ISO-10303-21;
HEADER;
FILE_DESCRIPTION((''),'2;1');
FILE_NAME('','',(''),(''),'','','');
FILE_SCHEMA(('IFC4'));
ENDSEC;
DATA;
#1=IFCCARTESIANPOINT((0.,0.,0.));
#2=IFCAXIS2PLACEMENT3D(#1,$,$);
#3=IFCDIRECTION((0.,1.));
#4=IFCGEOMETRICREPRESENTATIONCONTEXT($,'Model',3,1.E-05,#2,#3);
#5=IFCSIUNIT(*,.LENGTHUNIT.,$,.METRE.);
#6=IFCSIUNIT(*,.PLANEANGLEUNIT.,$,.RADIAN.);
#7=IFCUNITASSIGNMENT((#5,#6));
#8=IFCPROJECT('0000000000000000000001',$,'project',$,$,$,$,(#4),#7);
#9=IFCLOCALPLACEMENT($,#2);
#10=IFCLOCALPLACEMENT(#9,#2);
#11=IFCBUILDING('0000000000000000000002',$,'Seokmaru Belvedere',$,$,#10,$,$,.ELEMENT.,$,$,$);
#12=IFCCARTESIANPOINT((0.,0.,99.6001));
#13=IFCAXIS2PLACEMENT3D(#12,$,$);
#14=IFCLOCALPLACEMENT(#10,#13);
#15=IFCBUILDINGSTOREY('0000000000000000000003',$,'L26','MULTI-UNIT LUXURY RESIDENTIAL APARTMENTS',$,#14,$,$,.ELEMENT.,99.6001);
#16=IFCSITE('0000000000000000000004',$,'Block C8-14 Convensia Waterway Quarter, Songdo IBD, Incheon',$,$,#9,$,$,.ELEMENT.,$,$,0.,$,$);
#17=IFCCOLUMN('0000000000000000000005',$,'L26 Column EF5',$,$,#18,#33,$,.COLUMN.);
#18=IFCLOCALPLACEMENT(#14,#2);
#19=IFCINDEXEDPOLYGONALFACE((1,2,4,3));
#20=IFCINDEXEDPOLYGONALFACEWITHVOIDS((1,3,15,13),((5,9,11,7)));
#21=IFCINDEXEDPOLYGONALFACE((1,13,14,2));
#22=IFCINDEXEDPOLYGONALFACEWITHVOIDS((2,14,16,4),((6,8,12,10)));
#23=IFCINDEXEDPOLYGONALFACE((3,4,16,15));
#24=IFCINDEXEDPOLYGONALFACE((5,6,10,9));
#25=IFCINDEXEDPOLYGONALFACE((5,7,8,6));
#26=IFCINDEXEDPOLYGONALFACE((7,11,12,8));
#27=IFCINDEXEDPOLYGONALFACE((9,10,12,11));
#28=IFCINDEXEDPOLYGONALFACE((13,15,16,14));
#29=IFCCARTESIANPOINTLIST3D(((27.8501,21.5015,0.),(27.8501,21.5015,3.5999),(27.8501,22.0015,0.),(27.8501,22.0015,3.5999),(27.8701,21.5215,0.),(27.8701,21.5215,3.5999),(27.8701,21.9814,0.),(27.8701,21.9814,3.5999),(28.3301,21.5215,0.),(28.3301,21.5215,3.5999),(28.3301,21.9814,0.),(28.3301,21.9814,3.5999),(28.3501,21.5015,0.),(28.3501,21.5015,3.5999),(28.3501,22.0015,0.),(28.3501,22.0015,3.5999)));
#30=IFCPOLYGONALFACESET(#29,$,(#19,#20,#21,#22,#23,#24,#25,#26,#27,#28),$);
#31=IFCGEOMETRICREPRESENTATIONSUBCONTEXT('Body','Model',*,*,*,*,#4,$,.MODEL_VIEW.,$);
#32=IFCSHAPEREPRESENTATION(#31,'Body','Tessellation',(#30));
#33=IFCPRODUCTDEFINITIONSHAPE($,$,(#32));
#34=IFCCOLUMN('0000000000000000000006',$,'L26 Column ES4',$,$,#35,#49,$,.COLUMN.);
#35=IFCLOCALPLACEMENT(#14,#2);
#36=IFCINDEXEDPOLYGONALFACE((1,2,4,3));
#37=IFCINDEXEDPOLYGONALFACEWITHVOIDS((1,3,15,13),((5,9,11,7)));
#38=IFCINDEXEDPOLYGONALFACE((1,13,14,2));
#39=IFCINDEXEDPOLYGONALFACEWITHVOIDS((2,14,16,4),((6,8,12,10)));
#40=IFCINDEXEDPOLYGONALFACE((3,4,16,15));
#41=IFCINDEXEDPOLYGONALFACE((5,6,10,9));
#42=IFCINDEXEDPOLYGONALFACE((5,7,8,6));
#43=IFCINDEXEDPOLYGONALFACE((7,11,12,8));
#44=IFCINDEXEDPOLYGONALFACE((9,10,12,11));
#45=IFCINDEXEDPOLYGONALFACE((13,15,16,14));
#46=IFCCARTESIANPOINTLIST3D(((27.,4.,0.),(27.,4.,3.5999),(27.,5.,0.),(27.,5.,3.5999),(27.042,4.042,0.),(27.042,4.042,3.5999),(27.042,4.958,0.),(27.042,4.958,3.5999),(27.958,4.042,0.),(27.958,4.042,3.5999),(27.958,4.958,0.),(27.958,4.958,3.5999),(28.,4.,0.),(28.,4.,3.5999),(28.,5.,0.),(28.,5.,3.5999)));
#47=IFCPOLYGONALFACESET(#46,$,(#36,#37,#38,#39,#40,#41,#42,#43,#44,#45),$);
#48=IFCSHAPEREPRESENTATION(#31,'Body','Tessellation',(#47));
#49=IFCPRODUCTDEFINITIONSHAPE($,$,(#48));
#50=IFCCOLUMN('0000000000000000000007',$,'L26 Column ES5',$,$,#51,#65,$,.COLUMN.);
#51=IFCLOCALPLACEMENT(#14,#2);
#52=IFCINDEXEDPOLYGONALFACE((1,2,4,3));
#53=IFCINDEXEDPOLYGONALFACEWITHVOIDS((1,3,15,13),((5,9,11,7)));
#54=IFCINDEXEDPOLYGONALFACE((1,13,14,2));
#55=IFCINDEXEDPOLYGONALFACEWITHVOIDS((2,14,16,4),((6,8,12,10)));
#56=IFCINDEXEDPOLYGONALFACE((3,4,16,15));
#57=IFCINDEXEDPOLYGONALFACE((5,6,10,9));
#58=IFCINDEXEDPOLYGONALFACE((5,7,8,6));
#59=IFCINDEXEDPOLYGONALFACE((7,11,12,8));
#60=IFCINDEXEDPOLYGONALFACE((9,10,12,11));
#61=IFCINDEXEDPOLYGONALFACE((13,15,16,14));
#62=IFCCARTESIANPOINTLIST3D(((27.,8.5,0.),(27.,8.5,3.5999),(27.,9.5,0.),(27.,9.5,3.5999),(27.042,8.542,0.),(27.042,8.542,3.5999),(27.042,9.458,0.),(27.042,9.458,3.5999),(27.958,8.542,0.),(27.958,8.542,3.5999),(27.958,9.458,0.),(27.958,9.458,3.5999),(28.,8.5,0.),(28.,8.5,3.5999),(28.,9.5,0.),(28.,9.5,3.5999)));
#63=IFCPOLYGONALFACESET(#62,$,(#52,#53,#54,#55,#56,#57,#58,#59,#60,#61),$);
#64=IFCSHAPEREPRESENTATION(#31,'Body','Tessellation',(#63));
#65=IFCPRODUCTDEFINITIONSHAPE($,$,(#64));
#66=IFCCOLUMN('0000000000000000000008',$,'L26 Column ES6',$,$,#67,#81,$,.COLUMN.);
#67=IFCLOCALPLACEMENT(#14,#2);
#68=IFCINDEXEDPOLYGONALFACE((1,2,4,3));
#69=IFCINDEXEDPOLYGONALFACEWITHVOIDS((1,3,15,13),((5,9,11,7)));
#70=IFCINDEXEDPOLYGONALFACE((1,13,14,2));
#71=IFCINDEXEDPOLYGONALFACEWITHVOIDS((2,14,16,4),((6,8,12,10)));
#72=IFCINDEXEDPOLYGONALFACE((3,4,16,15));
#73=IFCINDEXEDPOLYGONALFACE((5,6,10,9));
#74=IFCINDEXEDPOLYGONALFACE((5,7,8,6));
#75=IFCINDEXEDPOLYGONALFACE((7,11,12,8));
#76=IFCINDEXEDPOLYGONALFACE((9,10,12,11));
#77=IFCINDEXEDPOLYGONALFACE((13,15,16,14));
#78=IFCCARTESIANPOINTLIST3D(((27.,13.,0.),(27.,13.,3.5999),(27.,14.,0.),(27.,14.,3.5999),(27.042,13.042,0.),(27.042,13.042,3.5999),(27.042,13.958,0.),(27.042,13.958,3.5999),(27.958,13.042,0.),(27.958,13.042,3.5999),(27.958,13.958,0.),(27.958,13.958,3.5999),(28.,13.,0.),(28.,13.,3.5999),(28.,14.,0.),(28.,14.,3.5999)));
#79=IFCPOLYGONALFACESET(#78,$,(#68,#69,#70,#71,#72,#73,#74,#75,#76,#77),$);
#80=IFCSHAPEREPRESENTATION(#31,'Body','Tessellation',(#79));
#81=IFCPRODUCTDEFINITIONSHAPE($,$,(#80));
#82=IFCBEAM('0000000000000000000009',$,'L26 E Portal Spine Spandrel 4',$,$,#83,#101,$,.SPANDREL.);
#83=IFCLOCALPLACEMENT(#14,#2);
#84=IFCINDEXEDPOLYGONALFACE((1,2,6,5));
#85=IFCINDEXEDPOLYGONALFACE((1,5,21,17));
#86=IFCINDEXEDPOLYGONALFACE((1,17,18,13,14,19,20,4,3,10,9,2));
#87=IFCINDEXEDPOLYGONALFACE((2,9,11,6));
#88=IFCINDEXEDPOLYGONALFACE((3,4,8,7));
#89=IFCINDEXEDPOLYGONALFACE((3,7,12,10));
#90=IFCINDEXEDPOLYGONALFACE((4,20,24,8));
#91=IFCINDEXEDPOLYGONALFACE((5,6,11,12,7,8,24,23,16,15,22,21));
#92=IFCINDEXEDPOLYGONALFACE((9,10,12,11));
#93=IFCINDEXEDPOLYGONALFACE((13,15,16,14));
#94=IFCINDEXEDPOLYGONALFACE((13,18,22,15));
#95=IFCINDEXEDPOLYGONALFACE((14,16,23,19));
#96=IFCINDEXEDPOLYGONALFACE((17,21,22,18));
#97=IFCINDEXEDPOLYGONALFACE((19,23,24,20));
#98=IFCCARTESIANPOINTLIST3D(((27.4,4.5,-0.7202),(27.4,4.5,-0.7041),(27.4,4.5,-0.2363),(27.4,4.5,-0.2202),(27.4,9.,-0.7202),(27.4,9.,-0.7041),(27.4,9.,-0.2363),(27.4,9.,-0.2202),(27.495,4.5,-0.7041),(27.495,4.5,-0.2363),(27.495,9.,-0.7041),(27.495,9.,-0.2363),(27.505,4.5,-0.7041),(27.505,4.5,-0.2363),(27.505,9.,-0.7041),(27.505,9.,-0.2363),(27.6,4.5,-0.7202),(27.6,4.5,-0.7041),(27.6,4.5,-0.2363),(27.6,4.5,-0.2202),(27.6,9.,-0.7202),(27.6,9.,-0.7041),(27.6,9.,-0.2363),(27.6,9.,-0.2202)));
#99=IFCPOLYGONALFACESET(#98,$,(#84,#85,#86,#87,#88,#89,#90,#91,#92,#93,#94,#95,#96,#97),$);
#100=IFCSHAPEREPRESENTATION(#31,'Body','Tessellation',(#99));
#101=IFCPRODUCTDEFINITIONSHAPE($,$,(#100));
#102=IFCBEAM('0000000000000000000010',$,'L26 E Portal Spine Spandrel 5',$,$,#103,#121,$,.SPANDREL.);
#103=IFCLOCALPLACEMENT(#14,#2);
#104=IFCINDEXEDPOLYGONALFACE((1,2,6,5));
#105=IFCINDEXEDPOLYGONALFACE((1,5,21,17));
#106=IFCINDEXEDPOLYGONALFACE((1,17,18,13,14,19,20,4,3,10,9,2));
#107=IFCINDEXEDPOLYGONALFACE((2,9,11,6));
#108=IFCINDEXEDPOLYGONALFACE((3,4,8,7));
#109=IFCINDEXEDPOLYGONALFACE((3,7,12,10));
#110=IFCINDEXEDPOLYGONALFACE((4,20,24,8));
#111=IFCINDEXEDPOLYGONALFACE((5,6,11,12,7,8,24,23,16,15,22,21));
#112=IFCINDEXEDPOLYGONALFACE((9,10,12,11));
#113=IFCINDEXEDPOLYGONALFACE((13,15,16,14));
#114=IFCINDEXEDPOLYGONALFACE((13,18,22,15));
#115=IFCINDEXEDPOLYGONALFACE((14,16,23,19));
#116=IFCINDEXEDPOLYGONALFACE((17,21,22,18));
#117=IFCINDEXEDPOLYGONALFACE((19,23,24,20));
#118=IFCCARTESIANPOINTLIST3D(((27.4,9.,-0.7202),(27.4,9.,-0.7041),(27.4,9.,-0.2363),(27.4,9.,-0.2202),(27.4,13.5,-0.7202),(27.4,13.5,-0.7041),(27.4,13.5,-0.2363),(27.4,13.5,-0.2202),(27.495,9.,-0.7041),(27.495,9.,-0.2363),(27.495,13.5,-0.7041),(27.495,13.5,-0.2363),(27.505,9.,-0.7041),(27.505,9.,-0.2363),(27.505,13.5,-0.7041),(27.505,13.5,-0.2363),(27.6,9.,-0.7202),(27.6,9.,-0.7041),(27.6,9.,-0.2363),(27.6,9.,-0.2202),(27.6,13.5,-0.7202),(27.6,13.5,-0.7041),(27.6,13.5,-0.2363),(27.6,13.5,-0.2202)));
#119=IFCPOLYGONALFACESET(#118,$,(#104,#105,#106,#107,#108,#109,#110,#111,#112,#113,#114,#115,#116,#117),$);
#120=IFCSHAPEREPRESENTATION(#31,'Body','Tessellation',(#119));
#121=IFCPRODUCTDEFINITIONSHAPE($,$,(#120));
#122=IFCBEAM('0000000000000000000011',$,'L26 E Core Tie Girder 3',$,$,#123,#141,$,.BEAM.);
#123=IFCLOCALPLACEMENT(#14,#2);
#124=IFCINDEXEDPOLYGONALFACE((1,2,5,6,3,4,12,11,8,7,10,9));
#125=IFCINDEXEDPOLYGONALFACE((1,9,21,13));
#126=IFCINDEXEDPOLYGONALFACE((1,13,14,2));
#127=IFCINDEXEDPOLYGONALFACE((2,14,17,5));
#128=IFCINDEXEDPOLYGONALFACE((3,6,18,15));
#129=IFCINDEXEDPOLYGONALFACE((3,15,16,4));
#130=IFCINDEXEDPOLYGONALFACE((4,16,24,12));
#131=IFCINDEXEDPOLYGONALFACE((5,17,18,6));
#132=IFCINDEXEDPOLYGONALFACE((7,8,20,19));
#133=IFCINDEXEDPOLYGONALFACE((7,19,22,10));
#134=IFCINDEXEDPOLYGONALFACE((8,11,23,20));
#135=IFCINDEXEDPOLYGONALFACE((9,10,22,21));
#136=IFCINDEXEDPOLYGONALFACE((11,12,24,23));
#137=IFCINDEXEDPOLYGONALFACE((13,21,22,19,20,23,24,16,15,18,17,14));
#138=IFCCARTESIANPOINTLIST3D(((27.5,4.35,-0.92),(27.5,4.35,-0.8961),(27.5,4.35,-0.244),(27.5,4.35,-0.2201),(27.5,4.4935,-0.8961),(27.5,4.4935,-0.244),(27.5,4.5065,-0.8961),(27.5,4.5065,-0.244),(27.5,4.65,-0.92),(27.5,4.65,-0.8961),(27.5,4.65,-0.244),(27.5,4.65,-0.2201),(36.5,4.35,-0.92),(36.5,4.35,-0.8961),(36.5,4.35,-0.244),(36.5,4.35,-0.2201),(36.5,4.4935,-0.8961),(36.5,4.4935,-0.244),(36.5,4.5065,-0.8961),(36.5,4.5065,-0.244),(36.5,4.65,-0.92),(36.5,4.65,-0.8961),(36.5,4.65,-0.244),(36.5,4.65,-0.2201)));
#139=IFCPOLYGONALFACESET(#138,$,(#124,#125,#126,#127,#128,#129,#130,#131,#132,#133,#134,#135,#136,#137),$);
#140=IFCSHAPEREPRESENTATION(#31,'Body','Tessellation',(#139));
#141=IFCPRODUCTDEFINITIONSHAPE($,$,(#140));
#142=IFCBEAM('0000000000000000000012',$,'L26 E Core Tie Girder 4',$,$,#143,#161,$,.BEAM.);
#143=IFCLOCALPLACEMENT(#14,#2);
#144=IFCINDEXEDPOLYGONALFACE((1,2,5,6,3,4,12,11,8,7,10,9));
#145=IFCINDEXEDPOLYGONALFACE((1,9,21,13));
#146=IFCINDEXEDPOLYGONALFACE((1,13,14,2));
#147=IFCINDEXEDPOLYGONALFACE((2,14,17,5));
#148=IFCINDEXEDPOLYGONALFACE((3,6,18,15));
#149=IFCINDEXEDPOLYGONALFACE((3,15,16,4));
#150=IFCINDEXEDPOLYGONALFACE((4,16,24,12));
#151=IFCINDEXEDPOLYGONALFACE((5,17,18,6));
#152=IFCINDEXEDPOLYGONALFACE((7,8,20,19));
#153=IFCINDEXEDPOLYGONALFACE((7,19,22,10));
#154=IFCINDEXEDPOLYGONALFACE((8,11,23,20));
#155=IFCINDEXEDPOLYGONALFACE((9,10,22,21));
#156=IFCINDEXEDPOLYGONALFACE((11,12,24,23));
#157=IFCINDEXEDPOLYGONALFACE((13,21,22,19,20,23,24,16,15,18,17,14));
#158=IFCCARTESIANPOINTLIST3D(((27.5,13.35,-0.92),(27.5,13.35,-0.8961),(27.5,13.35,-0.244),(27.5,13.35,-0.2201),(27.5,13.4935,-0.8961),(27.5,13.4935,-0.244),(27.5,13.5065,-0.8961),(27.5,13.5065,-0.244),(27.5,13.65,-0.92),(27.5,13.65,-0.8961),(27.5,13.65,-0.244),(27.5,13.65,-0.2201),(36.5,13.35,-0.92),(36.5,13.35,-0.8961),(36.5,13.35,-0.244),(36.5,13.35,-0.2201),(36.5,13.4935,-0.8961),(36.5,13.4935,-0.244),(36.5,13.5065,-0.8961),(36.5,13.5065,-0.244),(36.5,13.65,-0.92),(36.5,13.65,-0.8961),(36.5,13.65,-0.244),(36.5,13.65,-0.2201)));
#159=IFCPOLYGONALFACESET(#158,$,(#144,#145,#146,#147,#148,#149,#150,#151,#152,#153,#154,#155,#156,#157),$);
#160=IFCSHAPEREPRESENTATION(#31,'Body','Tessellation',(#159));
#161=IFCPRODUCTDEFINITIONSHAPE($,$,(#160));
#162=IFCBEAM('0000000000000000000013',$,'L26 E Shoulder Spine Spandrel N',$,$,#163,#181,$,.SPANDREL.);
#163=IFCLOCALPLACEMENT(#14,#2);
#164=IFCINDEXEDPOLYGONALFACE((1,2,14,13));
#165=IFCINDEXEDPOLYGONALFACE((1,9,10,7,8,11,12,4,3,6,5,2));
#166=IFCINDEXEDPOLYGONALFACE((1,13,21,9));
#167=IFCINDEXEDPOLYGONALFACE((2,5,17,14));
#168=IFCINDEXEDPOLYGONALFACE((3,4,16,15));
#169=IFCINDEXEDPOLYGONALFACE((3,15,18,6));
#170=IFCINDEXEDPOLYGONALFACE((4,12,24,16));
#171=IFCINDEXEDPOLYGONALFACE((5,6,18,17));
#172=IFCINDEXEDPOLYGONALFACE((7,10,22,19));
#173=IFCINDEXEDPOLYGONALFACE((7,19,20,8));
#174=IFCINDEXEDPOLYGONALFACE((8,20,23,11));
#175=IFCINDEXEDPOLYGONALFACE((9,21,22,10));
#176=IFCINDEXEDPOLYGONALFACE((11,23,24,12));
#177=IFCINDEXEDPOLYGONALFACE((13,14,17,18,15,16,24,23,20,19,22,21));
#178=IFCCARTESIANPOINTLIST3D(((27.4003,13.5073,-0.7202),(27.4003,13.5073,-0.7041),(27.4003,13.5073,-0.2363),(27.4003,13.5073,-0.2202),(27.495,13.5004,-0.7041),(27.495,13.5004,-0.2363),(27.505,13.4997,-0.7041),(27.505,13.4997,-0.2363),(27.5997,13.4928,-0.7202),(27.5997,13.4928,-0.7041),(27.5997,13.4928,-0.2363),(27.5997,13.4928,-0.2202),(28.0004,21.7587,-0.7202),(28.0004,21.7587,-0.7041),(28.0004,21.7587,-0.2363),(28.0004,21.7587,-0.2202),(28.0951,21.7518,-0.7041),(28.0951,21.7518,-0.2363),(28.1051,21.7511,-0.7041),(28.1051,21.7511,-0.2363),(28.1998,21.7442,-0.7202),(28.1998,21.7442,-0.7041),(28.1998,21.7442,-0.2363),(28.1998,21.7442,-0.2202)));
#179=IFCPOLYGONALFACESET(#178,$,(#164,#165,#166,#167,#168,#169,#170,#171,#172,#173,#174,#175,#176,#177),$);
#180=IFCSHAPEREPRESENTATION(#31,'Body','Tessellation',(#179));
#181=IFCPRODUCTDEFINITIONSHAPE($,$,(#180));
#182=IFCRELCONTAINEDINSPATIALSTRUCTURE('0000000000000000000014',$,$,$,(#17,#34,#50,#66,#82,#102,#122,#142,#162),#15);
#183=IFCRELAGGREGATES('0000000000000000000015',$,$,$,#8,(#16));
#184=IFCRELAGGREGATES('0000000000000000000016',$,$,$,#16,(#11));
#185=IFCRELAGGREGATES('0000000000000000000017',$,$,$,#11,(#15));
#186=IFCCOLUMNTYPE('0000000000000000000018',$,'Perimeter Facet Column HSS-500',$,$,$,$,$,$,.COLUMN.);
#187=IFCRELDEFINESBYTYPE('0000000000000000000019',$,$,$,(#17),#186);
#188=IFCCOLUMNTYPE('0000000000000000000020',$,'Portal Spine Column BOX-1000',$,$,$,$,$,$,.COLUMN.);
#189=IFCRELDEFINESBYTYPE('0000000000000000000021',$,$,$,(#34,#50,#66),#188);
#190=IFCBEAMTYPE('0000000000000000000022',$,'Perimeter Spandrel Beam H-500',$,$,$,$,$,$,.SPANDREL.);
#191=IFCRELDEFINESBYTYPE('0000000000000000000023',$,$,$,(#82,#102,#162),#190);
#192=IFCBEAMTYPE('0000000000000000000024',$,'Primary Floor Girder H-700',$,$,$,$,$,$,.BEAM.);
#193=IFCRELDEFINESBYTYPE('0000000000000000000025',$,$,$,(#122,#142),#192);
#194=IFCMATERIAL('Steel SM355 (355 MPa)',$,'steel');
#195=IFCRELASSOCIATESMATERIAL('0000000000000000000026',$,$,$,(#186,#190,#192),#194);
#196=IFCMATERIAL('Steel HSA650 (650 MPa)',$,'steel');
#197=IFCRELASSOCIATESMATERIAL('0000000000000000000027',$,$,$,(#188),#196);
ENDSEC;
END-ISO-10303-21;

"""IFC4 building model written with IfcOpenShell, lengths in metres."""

from ifc_helpers import new_model, si_unit, direction, frame, origin, origin_2d, place, context, subcontext, project, spatial, hollow_rectangle, i_section, extrude, source, transform, mapped, material, material_profile, profile_set, type_object, type_shapes, element, save


model = new_model("IFC4")

# Units and contexts
model_context = context("Model", 3, precision=1e-05, world=origin(), true_north=direction((0.0, 1.0)))
body_context = subcontext(model_context, "Body", "Model", "MODEL_VIEW")
ifc_project = project(units=[si_unit("LENGTHUNIT", "METRE"), si_unit("PLANEANGLEUNIT", "RADIAN")], contexts=[model_context])

# Site, building, storey
site_placement = place(None, origin())
site = spatial("IfcSite", under=ifc_project, at=site_placement, Name="Block C8-14 Convensia Waterway Quarter, Songdo IBD, Incheon", CompositionType="ELEMENT", RefElevation=0.0)
building_placement = place(site_placement, origin())
building = spatial("IfcBuilding", under=site, at=building_placement, Name="Seokmaru Belvedere", CompositionType="ELEMENT")
storey_placement = place(building_placement, frame((0.0, 0.0, 99.6001)))
storey = spatial("IfcBuildingStorey", under=building, at=storey_placement, Name="L26", Description="MULTI-UNIT LUXURY RESIDENTIAL APARTMENTS", CompositionType="ELEMENT", Elevation=99.6001)

# Columns
ifc_material_1 = material(Name="Steel SM355 (355 MPa)", Category="steel")
ifc_material_profile_1 = material_profile(ifc_material_1, hollow_rectangle(XDim=0.5, YDim=0.5, WallThickness=0.02, at=origin_2d()), Name="HSS-500x500x20")
ifc_profile_set_1 = profile_set([ifc_material_profile_1], Name="Steel SM355 (355 MPa)")
column_type_1 = type_object("IfcColumnType", Name="Perimeter Facet Column HSS-500", PredefinedType="COLUMN", material=ifc_profile_set_1)
shared_shape_1 = source(origin(), body_context, "Body", "SweptSolid", [
    extrude(hollow_rectangle(XDim=0.5, YDim=0.5, WallThickness=0.02, at=origin_2d()), origin(), (0.0, 0.0, 1.0), 3.5999),
])
type_shapes(column_type_1, [shared_shape_1])
column_placement = place(storey_placement, frame((28.1001, 21.7515, 0.0), z_axis=(0.0, 0.0, 1.0), x_axis=(1.0, 0.0, 0.0)))
element("IfcColumn", 1, at=column_placement, inside=storey, type_object=column_type_1, Name="L26 Column EF5", PredefinedType="COLUMN", context=body_context, shape_type="MappedRepresentation", body=[
    mapped(shared_shape_1, transform((0.0, 0.0, 0.0), scale=1.0)),
])
ifc_material_2 = material(Name="Steel HSA650 (650 MPa)", Category="steel")
ifc_material_profile_2 = material_profile(ifc_material_2, hollow_rectangle(XDim=1.0, YDim=1.0, WallThickness=0.042, at=origin_2d()), Name="BOX-1000x1000x42")
ifc_profile_set_2 = profile_set([ifc_material_profile_2], Name="Steel HSA650 (650 MPa)")
column_type_2 = type_object("IfcColumnType", Name="Portal Spine Column BOX-1000", PredefinedType="COLUMN", material=ifc_profile_set_2)
shared_shape_2 = source(origin(), body_context, "Body", "SweptSolid", [
    extrude(hollow_rectangle(XDim=1.0, YDim=1.0, WallThickness=0.042, at=origin_2d()), origin(), (0.0, 0.0, 1.0), 3.5999),
])
type_shapes(column_type_2, [shared_shape_2])
for number, where, z_axis, x_axis, name in (
    (2, (27.5, 4.5, 0.0), (0.0, 0.0, 1.0), (1.0, 0.0, 0.0), "L26 Column ES4"),
    (3, (27.5, 9.0, 0.0), (0.0, 0.0, 1.0), (1.0, 0.0, 0.0), "L26 Column ES5"),
    (4, (27.5, 13.5, 0.0), (0.0, 0.0, 1.0), (1.0, 0.0, 0.0), "L26 Column ES6"),
):
    element("IfcColumn", number, at=place(storey_placement, frame(where, z_axis=z_axis, x_axis=x_axis)), inside=storey, type_object=column_type_2, Name=name, PredefinedType="COLUMN", context=body_context, shape_type="MappedRepresentation", body=[
        mapped(shared_shape_2, transform((0.0, 0.0, 0.0), scale=1.0)),
    ])

# Beams
ifc_material_profile_3 = material_profile(ifc_material_1, i_section(OverallWidth=0.2, OverallDepth=0.5, WebThickness=0.01, FlangeThickness=0.0161, at=origin_2d()), Name="H-500x200x10x16")
ifc_profile_set_3 = profile_set([ifc_material_profile_3], Name="Steel SM355 (355 MPa)")
beam_type_1 = type_object("IfcBeamType", Name="Perimeter Spandrel Beam H-500", PredefinedType="SPANDREL", material=ifc_profile_set_3)
shared_shape_3 = source(origin(), body_context, "Body", "SweptSolid", [
    extrude(i_section(OverallWidth=0.2, OverallDepth=0.5, WebThickness=0.01, FlangeThickness=0.0161, at=origin_2d()), origin(), (0.0, 0.0, 1.0), 4.5),
])
for number, where, z_axis, x_axis, name in (
    (5, (27.5, 4.5, -0.4702), (0.0, 1.0, 0.0), (-1.0, 0.0, 0.0), "L26 E Portal Spine Spandrel 4"),
    (6, (27.5, 9.0, -0.4702), (0.0, 1.0, 0.0), (-1.0, 0.0, 0.0), "L26 E Portal Spine Spandrel 5"),
):
    element("IfcBeam", number, at=place(storey_placement, frame(where, z_axis=z_axis, x_axis=x_axis)), inside=storey, type_object=beam_type_1, Name=name, PredefinedType="SPANDREL", context=body_context, shape_type="MappedRepresentation", body=[
        mapped(shared_shape_3, transform((0.0, 0.0, 0.0), scale=1.0)),
    ])
ifc_material_profile_4 = material_profile(ifc_material_1, i_section(OverallWidth=0.3, OverallDepth=0.7, WebThickness=0.0129, FlangeThickness=0.0239, at=origin_2d()), Name="H-700x300x13x24")
ifc_profile_set_4 = profile_set([ifc_material_profile_4], Name="Steel SM355 (355 MPa)")
beam_type_2 = type_object("IfcBeamType", Name="Primary Floor Girder H-700", PredefinedType="BEAM", material=ifc_profile_set_4)
shared_shape_4 = source(origin(), body_context, "Body", "SweptSolid", [
    extrude(i_section(OverallWidth=0.3, OverallDepth=0.7, WebThickness=0.0129, FlangeThickness=0.0239, at=origin_2d()), origin(), (0.0, 0.0, 1.0), 9.0),
])
type_shapes(beam_type_2, [shared_shape_4])
for number, where, z_axis, x_axis, name in (
    (7, (27.5, 4.5, -0.5701), (1.0, 0.0, 0.0), (0.0, 1.0, 0.0), "L26 E Core Tie Girder 3"),
    (8, (27.5, 13.5, -0.5701), (1.0, 0.0, 0.0), (0.0, 1.0, 0.0), "L26 E Core Tie Girder 4"),
):
    element("IfcBeam", number, at=place(storey_placement, frame(where, z_axis=z_axis, x_axis=x_axis)), inside=storey, type_object=beam_type_2, Name=name, PredefinedType="BEAM", context=body_context, shape_type="MappedRepresentation", body=[
        mapped(shared_shape_4, transform((0.0, 0.0, 0.0), scale=1.0)),
    ])
shared_shape_5 = source(origin(), body_context, "Body", "SweptSolid", [
    extrude(i_section(OverallWidth=0.2, OverallDepth=0.5, WebThickness=0.01, FlangeThickness=0.0161, at=origin_2d()), origin(), (0.0, 0.0, 1.0), 8.2732),
])
type_shapes(beam_type_1, [shared_shape_3, shared_shape_5])
beam_placement = place(storey_placement, frame((28.1001, 21.7515, -0.4702), z_axis=(-0.072535, -0.997366, 0.0), x_axis=(0.997366, -0.072535, 0.0)))
element("IfcBeam", 9, at=beam_placement, inside=storey, type_object=beam_type_1, Name="L26 E Shoulder Spine Spandrel N", PredefinedType="SPANDREL", context=body_context, shape_type="MappedRepresentation", body=[
    mapped(shared_shape_5, transform((0.0, 0.0, 0.0), scale=1.0)),
])

save(model, "model.ifc")
